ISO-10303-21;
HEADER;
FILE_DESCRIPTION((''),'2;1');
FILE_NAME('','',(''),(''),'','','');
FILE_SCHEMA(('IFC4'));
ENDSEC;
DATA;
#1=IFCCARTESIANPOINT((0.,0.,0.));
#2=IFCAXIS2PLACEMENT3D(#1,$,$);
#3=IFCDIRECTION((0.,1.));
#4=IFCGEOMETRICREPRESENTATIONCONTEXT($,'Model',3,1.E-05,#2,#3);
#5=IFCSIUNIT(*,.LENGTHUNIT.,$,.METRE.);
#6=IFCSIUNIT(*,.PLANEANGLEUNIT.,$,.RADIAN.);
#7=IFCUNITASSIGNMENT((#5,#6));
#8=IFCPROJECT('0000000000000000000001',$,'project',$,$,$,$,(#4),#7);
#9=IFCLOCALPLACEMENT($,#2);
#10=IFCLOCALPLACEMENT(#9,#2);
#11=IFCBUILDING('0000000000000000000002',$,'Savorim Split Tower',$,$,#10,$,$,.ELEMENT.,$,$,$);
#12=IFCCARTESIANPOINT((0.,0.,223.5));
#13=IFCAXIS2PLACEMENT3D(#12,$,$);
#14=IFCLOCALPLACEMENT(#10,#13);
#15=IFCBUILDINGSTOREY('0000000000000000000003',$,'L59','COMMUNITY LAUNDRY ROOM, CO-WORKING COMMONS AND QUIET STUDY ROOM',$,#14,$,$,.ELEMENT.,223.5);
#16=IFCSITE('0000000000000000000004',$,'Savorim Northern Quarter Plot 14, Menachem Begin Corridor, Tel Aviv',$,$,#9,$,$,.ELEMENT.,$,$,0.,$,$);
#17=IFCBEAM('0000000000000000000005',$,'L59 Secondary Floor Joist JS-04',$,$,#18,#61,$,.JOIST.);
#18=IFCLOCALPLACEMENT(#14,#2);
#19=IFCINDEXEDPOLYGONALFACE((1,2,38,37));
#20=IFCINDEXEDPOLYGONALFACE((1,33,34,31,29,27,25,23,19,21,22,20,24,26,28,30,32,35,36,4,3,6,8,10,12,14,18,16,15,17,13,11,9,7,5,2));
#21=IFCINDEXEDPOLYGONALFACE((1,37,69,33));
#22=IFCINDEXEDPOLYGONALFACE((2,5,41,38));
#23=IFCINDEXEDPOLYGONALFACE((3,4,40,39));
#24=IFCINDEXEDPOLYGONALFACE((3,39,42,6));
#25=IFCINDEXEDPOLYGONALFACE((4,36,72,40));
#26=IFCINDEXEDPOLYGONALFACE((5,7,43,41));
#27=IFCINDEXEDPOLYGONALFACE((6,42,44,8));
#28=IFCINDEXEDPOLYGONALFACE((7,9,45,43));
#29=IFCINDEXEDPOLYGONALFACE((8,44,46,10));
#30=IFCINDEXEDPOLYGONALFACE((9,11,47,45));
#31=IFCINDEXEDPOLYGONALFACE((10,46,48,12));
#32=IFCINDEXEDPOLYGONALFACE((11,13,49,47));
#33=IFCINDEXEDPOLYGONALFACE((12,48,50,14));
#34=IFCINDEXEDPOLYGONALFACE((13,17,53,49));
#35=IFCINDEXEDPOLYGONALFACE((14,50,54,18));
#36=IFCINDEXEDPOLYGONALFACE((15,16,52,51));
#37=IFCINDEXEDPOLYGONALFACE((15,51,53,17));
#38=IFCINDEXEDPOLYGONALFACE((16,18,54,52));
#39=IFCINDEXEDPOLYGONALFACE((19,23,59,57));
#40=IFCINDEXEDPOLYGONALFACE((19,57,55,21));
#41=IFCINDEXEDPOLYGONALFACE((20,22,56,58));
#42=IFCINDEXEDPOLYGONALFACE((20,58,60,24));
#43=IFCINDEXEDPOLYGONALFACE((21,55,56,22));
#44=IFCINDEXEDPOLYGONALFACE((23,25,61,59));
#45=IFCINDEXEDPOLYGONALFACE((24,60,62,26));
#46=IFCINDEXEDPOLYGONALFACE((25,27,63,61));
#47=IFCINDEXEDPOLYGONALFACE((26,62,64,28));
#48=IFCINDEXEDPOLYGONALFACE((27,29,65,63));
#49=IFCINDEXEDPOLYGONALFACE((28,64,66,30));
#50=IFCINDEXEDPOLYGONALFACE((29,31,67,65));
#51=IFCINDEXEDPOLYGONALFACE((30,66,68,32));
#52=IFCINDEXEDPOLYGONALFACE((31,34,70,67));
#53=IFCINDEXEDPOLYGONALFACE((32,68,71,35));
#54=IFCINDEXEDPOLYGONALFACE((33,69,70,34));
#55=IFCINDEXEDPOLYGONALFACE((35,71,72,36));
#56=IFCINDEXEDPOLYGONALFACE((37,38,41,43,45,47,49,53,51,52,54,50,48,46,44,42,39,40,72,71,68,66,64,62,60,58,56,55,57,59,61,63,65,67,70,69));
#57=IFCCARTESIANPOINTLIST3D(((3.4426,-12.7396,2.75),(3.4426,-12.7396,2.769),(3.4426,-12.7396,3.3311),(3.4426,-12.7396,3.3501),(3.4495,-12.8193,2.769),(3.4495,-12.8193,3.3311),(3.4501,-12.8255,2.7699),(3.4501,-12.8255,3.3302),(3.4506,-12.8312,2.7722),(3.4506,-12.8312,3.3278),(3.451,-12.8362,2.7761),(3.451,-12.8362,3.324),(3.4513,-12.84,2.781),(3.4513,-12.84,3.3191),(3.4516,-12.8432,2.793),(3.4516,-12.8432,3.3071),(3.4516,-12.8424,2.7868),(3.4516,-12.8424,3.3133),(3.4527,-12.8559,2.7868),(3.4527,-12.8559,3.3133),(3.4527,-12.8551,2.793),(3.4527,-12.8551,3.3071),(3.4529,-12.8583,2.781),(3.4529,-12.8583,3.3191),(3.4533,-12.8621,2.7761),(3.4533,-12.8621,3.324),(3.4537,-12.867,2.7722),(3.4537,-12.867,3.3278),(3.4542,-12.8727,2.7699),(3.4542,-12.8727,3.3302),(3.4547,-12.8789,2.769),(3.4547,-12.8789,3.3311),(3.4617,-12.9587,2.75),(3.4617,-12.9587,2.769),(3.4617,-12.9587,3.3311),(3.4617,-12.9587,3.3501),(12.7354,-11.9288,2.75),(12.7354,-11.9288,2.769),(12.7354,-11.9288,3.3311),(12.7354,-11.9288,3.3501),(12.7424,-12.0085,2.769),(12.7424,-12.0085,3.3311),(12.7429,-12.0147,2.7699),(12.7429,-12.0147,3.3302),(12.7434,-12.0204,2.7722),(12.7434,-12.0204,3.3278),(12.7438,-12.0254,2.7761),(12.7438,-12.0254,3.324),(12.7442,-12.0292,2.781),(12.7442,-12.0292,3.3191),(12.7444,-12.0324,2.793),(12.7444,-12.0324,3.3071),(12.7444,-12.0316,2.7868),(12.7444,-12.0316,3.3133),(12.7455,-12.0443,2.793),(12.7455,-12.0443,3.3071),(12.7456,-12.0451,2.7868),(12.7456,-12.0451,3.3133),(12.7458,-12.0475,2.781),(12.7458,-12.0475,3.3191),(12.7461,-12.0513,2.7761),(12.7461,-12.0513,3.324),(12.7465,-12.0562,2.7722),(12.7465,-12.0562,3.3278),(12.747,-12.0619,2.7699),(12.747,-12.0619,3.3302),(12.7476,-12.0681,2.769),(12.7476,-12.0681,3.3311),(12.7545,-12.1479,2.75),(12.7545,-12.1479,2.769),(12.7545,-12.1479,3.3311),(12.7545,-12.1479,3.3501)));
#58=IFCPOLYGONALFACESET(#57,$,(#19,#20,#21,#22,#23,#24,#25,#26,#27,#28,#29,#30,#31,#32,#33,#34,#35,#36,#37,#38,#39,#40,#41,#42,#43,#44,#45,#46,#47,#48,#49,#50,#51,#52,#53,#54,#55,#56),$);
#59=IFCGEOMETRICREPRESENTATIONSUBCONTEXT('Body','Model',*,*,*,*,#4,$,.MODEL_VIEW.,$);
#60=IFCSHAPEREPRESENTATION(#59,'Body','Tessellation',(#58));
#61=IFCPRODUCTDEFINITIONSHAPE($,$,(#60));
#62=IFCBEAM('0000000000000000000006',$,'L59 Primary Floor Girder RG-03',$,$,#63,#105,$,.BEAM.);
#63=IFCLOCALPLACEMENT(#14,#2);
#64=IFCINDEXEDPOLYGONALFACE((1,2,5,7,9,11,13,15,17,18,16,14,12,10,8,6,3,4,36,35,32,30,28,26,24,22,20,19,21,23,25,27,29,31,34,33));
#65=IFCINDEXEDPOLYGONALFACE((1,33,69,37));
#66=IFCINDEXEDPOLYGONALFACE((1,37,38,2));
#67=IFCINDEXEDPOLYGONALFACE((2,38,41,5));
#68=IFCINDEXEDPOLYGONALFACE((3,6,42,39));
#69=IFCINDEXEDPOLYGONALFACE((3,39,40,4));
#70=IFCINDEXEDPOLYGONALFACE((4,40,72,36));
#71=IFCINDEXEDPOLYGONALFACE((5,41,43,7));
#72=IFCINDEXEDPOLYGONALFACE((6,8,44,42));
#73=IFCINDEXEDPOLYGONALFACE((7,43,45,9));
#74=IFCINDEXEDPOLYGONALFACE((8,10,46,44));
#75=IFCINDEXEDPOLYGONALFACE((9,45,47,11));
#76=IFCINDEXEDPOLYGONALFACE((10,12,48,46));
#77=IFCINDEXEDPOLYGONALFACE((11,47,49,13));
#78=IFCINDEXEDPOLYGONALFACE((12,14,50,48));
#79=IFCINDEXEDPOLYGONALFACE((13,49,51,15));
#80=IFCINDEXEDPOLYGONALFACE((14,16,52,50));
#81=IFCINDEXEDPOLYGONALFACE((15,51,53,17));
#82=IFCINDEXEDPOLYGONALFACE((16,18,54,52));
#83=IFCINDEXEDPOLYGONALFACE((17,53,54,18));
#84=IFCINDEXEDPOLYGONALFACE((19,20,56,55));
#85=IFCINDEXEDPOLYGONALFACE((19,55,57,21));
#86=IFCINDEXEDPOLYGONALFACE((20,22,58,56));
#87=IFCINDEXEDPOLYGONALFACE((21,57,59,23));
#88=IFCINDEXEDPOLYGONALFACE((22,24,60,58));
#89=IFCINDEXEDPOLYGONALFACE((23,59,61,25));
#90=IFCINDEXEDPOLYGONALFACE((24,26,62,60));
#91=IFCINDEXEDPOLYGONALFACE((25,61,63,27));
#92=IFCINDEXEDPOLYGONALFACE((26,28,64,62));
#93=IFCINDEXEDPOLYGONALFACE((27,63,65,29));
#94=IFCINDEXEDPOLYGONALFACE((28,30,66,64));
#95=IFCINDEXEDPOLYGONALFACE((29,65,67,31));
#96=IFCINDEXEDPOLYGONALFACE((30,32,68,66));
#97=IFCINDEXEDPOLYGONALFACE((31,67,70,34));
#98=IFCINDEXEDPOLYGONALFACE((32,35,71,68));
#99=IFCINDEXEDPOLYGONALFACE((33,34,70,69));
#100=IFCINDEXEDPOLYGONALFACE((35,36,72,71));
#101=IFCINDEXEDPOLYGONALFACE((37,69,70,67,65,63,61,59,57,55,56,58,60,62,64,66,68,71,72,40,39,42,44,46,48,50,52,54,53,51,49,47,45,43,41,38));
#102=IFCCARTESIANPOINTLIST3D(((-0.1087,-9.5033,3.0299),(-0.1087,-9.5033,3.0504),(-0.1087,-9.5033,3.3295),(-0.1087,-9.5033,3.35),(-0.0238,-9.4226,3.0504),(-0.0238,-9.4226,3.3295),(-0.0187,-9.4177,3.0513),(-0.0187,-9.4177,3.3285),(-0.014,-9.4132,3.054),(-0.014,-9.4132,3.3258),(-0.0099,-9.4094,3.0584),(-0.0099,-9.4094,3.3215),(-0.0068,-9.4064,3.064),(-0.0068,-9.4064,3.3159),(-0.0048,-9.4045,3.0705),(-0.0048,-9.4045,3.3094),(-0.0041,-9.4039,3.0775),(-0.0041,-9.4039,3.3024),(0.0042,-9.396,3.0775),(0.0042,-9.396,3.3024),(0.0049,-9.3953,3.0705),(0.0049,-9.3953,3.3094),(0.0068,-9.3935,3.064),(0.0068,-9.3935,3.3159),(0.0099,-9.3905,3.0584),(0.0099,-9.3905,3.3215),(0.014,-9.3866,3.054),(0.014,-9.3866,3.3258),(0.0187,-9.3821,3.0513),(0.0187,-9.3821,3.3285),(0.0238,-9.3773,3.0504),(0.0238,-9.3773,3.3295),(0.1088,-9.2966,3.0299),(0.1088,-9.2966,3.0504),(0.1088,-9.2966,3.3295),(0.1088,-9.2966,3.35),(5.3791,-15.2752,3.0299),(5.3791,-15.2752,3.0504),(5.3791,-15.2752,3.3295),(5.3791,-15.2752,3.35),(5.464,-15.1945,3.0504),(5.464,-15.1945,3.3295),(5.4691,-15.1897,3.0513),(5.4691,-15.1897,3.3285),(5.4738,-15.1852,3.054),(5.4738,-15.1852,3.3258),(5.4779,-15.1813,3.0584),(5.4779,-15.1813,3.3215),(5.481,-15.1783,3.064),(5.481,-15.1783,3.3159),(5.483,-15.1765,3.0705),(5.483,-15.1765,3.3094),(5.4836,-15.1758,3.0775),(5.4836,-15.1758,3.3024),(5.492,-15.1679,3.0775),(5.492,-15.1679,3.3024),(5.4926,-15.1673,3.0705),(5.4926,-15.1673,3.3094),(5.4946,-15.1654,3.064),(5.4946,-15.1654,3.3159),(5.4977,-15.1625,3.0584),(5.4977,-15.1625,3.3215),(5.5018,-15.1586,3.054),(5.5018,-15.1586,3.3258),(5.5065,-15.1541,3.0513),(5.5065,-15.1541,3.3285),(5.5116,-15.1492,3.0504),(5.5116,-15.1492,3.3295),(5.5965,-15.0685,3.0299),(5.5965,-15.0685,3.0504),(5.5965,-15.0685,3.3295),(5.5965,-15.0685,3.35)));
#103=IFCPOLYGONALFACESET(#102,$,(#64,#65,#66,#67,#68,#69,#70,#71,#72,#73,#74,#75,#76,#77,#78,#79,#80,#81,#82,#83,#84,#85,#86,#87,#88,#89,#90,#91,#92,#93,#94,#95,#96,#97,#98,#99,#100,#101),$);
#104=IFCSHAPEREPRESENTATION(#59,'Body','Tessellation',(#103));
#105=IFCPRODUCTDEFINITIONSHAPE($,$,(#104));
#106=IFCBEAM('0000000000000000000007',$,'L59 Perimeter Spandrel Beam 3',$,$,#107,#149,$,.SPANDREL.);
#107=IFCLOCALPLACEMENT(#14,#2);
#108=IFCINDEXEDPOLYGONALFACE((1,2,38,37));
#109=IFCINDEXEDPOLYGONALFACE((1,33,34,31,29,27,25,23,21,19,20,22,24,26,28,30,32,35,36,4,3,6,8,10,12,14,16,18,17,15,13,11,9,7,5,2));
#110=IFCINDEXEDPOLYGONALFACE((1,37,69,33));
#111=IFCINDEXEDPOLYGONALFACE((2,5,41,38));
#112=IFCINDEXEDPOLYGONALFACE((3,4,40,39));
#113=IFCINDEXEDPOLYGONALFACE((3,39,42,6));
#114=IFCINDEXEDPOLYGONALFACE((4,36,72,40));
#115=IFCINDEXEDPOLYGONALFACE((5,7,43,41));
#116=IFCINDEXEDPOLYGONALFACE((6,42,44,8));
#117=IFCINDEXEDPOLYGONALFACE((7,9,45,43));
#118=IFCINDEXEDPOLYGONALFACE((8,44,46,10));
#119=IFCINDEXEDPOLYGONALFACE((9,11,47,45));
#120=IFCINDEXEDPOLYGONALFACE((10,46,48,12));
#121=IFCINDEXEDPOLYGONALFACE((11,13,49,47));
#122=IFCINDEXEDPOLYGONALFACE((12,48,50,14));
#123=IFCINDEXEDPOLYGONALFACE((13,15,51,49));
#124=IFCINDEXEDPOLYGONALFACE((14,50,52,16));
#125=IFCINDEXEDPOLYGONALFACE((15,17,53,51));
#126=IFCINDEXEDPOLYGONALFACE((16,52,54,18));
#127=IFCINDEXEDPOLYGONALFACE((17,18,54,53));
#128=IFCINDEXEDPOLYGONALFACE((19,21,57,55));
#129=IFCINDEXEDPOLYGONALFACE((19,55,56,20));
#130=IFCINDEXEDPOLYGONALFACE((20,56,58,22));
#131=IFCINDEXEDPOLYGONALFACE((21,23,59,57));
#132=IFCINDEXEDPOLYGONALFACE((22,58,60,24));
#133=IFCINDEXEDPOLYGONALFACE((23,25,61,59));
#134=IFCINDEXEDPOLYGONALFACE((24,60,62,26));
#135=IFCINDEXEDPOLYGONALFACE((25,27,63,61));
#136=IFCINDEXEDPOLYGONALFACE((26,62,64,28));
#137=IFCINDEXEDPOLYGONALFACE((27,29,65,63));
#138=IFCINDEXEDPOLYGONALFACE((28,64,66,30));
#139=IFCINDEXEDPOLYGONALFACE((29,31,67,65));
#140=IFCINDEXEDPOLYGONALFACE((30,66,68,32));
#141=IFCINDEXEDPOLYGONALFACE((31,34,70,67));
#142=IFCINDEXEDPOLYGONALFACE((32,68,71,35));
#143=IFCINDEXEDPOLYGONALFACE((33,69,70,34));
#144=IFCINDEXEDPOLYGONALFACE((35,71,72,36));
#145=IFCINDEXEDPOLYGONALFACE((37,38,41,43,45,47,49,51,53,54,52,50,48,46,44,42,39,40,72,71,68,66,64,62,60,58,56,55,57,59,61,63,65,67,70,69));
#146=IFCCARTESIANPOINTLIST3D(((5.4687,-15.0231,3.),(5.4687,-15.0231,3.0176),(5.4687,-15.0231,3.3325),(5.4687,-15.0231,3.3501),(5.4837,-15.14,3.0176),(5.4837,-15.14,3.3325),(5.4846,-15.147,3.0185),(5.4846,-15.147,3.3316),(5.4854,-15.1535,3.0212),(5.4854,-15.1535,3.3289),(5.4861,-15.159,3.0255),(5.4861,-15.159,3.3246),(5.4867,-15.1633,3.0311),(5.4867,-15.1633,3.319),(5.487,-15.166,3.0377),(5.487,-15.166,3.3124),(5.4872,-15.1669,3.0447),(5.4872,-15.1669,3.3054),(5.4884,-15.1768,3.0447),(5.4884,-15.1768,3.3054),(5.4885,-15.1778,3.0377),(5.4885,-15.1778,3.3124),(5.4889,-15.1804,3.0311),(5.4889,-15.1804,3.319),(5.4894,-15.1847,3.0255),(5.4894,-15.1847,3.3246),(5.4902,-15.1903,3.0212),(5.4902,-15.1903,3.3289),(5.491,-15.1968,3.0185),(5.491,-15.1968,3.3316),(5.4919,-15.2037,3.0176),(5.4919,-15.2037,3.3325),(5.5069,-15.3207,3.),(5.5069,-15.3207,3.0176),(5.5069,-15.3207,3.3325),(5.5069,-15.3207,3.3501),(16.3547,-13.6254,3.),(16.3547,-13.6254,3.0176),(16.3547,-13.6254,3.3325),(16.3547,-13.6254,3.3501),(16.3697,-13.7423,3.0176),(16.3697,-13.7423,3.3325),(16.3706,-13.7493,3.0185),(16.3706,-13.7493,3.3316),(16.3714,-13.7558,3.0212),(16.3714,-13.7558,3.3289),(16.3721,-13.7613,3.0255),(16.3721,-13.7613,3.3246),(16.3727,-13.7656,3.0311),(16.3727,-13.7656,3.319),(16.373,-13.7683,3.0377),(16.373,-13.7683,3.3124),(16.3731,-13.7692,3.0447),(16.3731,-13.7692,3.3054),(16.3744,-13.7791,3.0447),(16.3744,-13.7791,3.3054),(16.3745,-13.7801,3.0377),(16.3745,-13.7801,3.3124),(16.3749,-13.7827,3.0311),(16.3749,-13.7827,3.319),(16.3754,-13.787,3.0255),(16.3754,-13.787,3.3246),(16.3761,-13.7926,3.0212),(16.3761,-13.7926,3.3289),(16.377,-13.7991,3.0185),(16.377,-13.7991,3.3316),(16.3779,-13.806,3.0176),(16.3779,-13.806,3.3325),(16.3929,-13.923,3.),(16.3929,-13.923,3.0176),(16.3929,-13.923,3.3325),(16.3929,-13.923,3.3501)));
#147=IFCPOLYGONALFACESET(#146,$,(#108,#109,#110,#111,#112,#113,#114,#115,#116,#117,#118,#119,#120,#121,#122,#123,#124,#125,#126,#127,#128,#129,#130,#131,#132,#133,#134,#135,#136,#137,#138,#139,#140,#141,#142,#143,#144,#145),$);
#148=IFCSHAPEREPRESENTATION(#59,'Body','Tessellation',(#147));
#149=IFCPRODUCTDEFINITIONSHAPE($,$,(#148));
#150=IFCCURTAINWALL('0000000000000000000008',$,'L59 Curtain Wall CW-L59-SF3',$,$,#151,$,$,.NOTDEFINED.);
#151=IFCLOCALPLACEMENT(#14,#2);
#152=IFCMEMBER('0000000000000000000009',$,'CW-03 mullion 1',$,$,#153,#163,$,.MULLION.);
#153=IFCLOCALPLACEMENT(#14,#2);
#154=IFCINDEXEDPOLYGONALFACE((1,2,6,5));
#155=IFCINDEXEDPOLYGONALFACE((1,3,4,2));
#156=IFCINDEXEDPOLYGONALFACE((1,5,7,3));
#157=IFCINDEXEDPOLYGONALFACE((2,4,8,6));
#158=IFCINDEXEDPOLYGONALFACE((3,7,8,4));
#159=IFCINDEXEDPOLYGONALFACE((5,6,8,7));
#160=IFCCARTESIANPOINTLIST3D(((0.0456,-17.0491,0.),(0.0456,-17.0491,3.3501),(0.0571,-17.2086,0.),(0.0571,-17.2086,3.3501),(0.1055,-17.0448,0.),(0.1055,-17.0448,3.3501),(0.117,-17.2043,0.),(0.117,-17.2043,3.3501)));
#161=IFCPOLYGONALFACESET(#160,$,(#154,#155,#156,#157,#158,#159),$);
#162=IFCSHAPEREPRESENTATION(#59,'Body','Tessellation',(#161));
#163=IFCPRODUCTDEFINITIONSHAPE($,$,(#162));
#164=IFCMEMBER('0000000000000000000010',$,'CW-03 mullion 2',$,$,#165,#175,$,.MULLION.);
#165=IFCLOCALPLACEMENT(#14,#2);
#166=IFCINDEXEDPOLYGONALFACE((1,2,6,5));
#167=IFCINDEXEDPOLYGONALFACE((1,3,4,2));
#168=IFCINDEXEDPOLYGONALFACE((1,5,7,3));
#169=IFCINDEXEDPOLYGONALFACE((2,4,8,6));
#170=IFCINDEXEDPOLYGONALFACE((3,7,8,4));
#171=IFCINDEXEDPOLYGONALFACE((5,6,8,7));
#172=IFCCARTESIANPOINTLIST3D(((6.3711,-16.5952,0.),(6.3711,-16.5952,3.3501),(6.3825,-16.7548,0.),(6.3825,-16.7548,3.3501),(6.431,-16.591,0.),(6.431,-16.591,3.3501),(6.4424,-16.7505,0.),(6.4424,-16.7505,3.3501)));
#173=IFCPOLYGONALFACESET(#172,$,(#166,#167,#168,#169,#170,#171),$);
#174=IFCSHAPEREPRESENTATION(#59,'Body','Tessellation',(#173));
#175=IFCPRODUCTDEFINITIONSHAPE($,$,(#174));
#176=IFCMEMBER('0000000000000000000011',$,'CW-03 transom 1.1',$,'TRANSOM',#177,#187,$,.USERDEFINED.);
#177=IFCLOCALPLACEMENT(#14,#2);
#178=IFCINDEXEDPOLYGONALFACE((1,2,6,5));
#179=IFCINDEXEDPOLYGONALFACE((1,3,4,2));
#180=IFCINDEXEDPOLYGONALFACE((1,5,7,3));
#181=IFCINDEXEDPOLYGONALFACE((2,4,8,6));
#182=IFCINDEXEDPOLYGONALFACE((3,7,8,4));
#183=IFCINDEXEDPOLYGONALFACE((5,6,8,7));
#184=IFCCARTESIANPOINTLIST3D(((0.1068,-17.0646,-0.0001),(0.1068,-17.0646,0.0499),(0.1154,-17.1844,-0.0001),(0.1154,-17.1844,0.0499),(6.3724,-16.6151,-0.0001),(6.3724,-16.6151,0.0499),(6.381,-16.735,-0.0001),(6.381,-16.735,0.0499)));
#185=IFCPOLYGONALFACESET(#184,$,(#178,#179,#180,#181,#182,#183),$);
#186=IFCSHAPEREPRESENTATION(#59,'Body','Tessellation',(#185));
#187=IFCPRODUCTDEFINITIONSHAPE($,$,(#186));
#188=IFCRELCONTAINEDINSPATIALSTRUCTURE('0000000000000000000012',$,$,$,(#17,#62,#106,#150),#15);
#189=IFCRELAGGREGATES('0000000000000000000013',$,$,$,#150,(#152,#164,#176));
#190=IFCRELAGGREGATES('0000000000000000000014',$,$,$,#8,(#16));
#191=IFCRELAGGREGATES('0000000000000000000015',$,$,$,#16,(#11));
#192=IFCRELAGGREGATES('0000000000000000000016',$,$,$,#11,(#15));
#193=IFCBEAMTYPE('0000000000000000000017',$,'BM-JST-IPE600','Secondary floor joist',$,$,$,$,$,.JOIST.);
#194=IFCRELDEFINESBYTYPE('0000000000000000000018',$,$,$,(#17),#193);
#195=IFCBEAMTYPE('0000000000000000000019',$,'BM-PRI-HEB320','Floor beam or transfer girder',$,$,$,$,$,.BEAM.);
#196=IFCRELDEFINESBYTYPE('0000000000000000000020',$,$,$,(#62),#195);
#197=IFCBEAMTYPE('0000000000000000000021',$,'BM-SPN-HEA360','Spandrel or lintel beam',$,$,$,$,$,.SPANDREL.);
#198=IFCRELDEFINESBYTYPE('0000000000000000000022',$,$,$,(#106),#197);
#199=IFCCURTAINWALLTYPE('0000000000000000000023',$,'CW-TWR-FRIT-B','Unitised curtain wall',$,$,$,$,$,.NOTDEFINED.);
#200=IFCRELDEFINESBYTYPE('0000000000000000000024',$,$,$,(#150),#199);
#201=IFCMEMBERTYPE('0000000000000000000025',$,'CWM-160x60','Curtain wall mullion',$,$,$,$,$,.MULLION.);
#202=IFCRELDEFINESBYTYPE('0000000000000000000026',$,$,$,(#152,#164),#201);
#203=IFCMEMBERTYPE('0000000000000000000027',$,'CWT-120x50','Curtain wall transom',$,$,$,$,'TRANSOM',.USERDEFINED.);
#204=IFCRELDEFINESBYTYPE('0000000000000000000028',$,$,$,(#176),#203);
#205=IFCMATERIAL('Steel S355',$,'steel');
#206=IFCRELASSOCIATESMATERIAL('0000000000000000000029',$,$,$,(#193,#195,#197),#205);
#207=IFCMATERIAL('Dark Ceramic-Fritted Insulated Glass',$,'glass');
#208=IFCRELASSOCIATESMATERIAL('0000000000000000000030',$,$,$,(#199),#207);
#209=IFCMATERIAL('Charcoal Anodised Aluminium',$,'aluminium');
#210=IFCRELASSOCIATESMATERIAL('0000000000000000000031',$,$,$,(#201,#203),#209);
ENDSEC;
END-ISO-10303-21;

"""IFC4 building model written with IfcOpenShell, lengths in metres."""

from ifc_helpers import new_model, si_unit, direction, frame, origin, origin_2d, place, context, subcontext, project, spatial, rectangle, i_section, extrude, material, material_profile, profile_set, type_object, element, aggregate, save


model = new_model("IFC4")

# Units and contexts
model_context = context("Model", 3, precision=1e-05, world=origin(), true_north=direction((0.0, 1.0)))
body_context = subcontext(model_context, "Body", "Model", "MODEL_VIEW")
ifc_project = project(units=[si_unit("LENGTHUNIT", "METRE"), si_unit("PLANEANGLEUNIT", "RADIAN")], contexts=[model_context])

# Site, building, storey
site_placement = place(None, origin())
site = spatial("IfcSite", under=ifc_project, at=site_placement, Name="Savorim Northern Quarter Plot 14, Menachem Begin Corridor, Tel Aviv", CompositionType="ELEMENT", RefElevation=0.0)
building_placement = place(site_placement, origin())
building = spatial("IfcBuilding", under=site, at=building_placement, Name="Savorim Split Tower", CompositionType="ELEMENT")
storey_placement = place(building_placement, frame((0.0, 0.0, 223.5)))
storey = spatial("IfcBuildingStorey", under=building, at=storey_placement, Name="L59", Description="COMMUNITY LAUNDRY ROOM, CO-WORKING COMMONS AND QUIET STUDY ROOM", CompositionType="ELEMENT", Elevation=223.5)

# Shared definitions
ifc_material_1 = material(Name="Steel S355", Category="steel")

# Beams
ifc_material_profile_1 = material_profile(ifc_material_1, i_section(OverallWidth=0.22, OverallDepth=0.6001, WebThickness=0.012, FlangeThickness=0.019, FilletRadius=0.0239, at=origin_2d()), Name="IPE 600")
ifc_profile_set_1 = profile_set([ifc_material_profile_1], Name="Steel S355")
beam_type_1 = type_object("IfcBeamType", Name="BM-JST-IPE600", Description="Secondary floor joist", PredefinedType="JOIST", material=ifc_profile_set_1)
beam_1_placement = place(storey_placement, frame((3.4521, -12.8491, 3.05), z_axis=(0.996215, 0.08692, 0.0), x_axis=(-0.08692, 0.996215, 0.0)))
element("IfcBeam", 1, at=beam_1_placement, inside=storey, type_object=beam_type_1, Name="L59 Secondary Floor Joist JS-04", PredefinedType="JOIST", context=body_context, shape_type="SweptSolid", body=[
    extrude(i_section(OverallWidth=0.22, OverallDepth=0.6001, WebThickness=0.012, FlangeThickness=0.019, FilletRadius=0.0239, at=origin_2d()), origin(), (0.0, 0.0, 1.0), 9.3281),
])
ifc_material_profile_2 = material_profile(ifc_material_1, i_section(OverallWidth=0.3, OverallDepth=0.3201, WebThickness=0.0115, FlangeThickness=0.0205, FilletRadius=0.0271, at=origin_2d()), Name="HEB 320")
ifc_profile_set_2 = profile_set([ifc_material_profile_2], Name="Steel S355")
beam_type_2 = type_object("IfcBeamType", Name="BM-PRI-HEB320", Description="Floor beam or transfer girder", PredefinedType="BEAM", material=ifc_profile_set_2)
beam_2_placement = place(storey_placement, frame((5.4878, -15.1719, 3.1899), z_axis=(-0.689041, 0.724722, 0.0), x_axis=(-0.724722, -0.689041, 0.0)))
element("IfcBeam", 2, at=beam_2_placement, inside=storey, type_object=beam_type_2, Name="L59 Primary Floor Girder RG-03", PredefinedType="BEAM", context=body_context, shape_type="SweptSolid", body=[
    extrude(i_section(OverallWidth=0.3, OverallDepth=0.3201, WebThickness=0.0115, FlangeThickness=0.0205, FilletRadius=0.0271, at=origin_2d()), origin(), (0.0, 0.0, 1.0), 7.9644),
])
ifc_material_profile_3 = material_profile(ifc_material_1, i_section(OverallWidth=0.3, OverallDepth=0.3501, WebThickness=0.01, FlangeThickness=0.0176, FilletRadius=0.0271, at=origin_2d()), Name="HEA 360")
ifc_profile_set_3 = profile_set([ifc_material_profile_3], Name="Steel S355")
beam_type_3 = type_object("IfcBeamType", Name="BM-SPN-HEA360", Description="Spandrel or lintel beam", PredefinedType="SPANDREL", material=ifc_profile_set_3)
beam_3_placement = place(storey_placement, frame((5.4878, -15.1719, 3.175), z_axis=(0.991858, 0.127349, 0.0), x_axis=(-0.127349, 0.991858, 0.0)))
element("IfcBeam", 3, at=beam_3_placement, inside=storey, type_object=beam_type_3, Name="L59 Perimeter Spandrel Beam 3", PredefinedType="SPANDREL", context=body_context, shape_type="SweptSolid", body=[
    extrude(i_section(OverallWidth=0.3, OverallDepth=0.3501, WebThickness=0.01, FlangeThickness=0.0176, FilletRadius=0.0271, at=origin_2d()), origin(), (0.0, 0.0, 1.0), 10.9753),
])

# Curtain wall, members
ifc_material_2 = material(Name="Dark Ceramic-Fritted Insulated Glass", Category="glass")
curtain_wall_type = type_object("IfcCurtainWallType", Name="CW-TWR-FRIT-B", Description="Unitised curtain wall", PredefinedType="NOTDEFINED", material=ifc_material_2)
curtain_wall_placement = place(storey_placement, origin())
curtain_wall = element("IfcCurtainWall", 4, at=curtain_wall_placement, inside=storey, type_object=curtain_wall_type, Name="L59 Curtain Wall CW-L59-SF3", PredefinedType="NOTDEFINED")
ifc_material_3 = material(Name="Charcoal Anodised Aluminium", Category="aluminium")
ifc_material_profile_4 = material_profile(ifc_material_3, rectangle(XDim=0.1599, YDim=0.0601, at=origin_2d()), Name="ALU-M 160x60")
ifc_profile_set_4 = profile_set([ifc_material_profile_4], Name="Charcoal Anodised Aluminium")
member_type_1 = type_object("IfcMemberType", Name="CWM-160x60", Description="Curtain wall mullion", PredefinedType="MULLION", material=ifc_profile_set_4)
member_1_placement = place(storey_placement, frame((0.0813, -17.1267, 0.0), z_axis=(0.0, 0.0, 1.0), x_axis=(-0.071558, 0.997436, 0.0)))
member_1 = element("IfcMember", 5, at=member_1_placement, type_object=member_type_1, Name="CW-03 mullion 1", PredefinedType="MULLION", context=body_context, shape_type="SweptSolid", body=[
    extrude(rectangle(XDim=0.1599, YDim=0.0601, at=origin_2d()), origin(), (0.0, 0.0, 1.0), 3.3501),
])
member_2_placement = place(storey_placement, frame((6.4067, -16.6729, 0.0), z_axis=(0.0, 0.0, 1.0), x_axis=(-0.071558, 0.997436, 0.0)))
member_2 = element("IfcMember", 6, at=member_2_placement, type_object=member_type_1, Name="CW-03 mullion 2", PredefinedType="MULLION", context=body_context, shape_type="SweptSolid", body=[
    extrude(rectangle(XDim=0.1599, YDim=0.0601, at=origin_2d()), origin(), (0.0, 0.0, 1.0), 3.3501),
])
ifc_material_profile_5 = material_profile(ifc_material_3, rectangle(XDim=0.1201, YDim=0.05, at=origin_2d()), Name="ALU-T 120x50")
ifc_profile_set_5 = profile_set([ifc_material_profile_5], Name="Charcoal Anodised Aluminium")
member_type_2 = type_object("IfcMemberType", Name="CWT-120x50", Description="Curtain wall transom", ElementType="TRANSOM", PredefinedType="USERDEFINED", material=ifc_profile_set_5)
member_3_placement = place(storey_placement, frame((0.1111, -17.1245, 0.0249), z_axis=(0.997437, 0.071551, 0.0), x_axis=(-0.071551, 0.997437, 0.0)))
member_3 = element("IfcMember", 7, at=member_3_placement, type_object=member_type_2, Name="CW-03 transom 1.1", ObjectType="TRANSOM", PredefinedType="USERDEFINED", context=body_context, shape_type="SweptSolid", body=[
    extrude(rectangle(XDim=0.1201, YDim=0.05, at=origin_2d()), origin(), (0.0, 0.0, 1.0), 6.2817),
])
aggregate(curtain_wall, [member_1, member_2, member_3])

save(model, "model.ifc")
